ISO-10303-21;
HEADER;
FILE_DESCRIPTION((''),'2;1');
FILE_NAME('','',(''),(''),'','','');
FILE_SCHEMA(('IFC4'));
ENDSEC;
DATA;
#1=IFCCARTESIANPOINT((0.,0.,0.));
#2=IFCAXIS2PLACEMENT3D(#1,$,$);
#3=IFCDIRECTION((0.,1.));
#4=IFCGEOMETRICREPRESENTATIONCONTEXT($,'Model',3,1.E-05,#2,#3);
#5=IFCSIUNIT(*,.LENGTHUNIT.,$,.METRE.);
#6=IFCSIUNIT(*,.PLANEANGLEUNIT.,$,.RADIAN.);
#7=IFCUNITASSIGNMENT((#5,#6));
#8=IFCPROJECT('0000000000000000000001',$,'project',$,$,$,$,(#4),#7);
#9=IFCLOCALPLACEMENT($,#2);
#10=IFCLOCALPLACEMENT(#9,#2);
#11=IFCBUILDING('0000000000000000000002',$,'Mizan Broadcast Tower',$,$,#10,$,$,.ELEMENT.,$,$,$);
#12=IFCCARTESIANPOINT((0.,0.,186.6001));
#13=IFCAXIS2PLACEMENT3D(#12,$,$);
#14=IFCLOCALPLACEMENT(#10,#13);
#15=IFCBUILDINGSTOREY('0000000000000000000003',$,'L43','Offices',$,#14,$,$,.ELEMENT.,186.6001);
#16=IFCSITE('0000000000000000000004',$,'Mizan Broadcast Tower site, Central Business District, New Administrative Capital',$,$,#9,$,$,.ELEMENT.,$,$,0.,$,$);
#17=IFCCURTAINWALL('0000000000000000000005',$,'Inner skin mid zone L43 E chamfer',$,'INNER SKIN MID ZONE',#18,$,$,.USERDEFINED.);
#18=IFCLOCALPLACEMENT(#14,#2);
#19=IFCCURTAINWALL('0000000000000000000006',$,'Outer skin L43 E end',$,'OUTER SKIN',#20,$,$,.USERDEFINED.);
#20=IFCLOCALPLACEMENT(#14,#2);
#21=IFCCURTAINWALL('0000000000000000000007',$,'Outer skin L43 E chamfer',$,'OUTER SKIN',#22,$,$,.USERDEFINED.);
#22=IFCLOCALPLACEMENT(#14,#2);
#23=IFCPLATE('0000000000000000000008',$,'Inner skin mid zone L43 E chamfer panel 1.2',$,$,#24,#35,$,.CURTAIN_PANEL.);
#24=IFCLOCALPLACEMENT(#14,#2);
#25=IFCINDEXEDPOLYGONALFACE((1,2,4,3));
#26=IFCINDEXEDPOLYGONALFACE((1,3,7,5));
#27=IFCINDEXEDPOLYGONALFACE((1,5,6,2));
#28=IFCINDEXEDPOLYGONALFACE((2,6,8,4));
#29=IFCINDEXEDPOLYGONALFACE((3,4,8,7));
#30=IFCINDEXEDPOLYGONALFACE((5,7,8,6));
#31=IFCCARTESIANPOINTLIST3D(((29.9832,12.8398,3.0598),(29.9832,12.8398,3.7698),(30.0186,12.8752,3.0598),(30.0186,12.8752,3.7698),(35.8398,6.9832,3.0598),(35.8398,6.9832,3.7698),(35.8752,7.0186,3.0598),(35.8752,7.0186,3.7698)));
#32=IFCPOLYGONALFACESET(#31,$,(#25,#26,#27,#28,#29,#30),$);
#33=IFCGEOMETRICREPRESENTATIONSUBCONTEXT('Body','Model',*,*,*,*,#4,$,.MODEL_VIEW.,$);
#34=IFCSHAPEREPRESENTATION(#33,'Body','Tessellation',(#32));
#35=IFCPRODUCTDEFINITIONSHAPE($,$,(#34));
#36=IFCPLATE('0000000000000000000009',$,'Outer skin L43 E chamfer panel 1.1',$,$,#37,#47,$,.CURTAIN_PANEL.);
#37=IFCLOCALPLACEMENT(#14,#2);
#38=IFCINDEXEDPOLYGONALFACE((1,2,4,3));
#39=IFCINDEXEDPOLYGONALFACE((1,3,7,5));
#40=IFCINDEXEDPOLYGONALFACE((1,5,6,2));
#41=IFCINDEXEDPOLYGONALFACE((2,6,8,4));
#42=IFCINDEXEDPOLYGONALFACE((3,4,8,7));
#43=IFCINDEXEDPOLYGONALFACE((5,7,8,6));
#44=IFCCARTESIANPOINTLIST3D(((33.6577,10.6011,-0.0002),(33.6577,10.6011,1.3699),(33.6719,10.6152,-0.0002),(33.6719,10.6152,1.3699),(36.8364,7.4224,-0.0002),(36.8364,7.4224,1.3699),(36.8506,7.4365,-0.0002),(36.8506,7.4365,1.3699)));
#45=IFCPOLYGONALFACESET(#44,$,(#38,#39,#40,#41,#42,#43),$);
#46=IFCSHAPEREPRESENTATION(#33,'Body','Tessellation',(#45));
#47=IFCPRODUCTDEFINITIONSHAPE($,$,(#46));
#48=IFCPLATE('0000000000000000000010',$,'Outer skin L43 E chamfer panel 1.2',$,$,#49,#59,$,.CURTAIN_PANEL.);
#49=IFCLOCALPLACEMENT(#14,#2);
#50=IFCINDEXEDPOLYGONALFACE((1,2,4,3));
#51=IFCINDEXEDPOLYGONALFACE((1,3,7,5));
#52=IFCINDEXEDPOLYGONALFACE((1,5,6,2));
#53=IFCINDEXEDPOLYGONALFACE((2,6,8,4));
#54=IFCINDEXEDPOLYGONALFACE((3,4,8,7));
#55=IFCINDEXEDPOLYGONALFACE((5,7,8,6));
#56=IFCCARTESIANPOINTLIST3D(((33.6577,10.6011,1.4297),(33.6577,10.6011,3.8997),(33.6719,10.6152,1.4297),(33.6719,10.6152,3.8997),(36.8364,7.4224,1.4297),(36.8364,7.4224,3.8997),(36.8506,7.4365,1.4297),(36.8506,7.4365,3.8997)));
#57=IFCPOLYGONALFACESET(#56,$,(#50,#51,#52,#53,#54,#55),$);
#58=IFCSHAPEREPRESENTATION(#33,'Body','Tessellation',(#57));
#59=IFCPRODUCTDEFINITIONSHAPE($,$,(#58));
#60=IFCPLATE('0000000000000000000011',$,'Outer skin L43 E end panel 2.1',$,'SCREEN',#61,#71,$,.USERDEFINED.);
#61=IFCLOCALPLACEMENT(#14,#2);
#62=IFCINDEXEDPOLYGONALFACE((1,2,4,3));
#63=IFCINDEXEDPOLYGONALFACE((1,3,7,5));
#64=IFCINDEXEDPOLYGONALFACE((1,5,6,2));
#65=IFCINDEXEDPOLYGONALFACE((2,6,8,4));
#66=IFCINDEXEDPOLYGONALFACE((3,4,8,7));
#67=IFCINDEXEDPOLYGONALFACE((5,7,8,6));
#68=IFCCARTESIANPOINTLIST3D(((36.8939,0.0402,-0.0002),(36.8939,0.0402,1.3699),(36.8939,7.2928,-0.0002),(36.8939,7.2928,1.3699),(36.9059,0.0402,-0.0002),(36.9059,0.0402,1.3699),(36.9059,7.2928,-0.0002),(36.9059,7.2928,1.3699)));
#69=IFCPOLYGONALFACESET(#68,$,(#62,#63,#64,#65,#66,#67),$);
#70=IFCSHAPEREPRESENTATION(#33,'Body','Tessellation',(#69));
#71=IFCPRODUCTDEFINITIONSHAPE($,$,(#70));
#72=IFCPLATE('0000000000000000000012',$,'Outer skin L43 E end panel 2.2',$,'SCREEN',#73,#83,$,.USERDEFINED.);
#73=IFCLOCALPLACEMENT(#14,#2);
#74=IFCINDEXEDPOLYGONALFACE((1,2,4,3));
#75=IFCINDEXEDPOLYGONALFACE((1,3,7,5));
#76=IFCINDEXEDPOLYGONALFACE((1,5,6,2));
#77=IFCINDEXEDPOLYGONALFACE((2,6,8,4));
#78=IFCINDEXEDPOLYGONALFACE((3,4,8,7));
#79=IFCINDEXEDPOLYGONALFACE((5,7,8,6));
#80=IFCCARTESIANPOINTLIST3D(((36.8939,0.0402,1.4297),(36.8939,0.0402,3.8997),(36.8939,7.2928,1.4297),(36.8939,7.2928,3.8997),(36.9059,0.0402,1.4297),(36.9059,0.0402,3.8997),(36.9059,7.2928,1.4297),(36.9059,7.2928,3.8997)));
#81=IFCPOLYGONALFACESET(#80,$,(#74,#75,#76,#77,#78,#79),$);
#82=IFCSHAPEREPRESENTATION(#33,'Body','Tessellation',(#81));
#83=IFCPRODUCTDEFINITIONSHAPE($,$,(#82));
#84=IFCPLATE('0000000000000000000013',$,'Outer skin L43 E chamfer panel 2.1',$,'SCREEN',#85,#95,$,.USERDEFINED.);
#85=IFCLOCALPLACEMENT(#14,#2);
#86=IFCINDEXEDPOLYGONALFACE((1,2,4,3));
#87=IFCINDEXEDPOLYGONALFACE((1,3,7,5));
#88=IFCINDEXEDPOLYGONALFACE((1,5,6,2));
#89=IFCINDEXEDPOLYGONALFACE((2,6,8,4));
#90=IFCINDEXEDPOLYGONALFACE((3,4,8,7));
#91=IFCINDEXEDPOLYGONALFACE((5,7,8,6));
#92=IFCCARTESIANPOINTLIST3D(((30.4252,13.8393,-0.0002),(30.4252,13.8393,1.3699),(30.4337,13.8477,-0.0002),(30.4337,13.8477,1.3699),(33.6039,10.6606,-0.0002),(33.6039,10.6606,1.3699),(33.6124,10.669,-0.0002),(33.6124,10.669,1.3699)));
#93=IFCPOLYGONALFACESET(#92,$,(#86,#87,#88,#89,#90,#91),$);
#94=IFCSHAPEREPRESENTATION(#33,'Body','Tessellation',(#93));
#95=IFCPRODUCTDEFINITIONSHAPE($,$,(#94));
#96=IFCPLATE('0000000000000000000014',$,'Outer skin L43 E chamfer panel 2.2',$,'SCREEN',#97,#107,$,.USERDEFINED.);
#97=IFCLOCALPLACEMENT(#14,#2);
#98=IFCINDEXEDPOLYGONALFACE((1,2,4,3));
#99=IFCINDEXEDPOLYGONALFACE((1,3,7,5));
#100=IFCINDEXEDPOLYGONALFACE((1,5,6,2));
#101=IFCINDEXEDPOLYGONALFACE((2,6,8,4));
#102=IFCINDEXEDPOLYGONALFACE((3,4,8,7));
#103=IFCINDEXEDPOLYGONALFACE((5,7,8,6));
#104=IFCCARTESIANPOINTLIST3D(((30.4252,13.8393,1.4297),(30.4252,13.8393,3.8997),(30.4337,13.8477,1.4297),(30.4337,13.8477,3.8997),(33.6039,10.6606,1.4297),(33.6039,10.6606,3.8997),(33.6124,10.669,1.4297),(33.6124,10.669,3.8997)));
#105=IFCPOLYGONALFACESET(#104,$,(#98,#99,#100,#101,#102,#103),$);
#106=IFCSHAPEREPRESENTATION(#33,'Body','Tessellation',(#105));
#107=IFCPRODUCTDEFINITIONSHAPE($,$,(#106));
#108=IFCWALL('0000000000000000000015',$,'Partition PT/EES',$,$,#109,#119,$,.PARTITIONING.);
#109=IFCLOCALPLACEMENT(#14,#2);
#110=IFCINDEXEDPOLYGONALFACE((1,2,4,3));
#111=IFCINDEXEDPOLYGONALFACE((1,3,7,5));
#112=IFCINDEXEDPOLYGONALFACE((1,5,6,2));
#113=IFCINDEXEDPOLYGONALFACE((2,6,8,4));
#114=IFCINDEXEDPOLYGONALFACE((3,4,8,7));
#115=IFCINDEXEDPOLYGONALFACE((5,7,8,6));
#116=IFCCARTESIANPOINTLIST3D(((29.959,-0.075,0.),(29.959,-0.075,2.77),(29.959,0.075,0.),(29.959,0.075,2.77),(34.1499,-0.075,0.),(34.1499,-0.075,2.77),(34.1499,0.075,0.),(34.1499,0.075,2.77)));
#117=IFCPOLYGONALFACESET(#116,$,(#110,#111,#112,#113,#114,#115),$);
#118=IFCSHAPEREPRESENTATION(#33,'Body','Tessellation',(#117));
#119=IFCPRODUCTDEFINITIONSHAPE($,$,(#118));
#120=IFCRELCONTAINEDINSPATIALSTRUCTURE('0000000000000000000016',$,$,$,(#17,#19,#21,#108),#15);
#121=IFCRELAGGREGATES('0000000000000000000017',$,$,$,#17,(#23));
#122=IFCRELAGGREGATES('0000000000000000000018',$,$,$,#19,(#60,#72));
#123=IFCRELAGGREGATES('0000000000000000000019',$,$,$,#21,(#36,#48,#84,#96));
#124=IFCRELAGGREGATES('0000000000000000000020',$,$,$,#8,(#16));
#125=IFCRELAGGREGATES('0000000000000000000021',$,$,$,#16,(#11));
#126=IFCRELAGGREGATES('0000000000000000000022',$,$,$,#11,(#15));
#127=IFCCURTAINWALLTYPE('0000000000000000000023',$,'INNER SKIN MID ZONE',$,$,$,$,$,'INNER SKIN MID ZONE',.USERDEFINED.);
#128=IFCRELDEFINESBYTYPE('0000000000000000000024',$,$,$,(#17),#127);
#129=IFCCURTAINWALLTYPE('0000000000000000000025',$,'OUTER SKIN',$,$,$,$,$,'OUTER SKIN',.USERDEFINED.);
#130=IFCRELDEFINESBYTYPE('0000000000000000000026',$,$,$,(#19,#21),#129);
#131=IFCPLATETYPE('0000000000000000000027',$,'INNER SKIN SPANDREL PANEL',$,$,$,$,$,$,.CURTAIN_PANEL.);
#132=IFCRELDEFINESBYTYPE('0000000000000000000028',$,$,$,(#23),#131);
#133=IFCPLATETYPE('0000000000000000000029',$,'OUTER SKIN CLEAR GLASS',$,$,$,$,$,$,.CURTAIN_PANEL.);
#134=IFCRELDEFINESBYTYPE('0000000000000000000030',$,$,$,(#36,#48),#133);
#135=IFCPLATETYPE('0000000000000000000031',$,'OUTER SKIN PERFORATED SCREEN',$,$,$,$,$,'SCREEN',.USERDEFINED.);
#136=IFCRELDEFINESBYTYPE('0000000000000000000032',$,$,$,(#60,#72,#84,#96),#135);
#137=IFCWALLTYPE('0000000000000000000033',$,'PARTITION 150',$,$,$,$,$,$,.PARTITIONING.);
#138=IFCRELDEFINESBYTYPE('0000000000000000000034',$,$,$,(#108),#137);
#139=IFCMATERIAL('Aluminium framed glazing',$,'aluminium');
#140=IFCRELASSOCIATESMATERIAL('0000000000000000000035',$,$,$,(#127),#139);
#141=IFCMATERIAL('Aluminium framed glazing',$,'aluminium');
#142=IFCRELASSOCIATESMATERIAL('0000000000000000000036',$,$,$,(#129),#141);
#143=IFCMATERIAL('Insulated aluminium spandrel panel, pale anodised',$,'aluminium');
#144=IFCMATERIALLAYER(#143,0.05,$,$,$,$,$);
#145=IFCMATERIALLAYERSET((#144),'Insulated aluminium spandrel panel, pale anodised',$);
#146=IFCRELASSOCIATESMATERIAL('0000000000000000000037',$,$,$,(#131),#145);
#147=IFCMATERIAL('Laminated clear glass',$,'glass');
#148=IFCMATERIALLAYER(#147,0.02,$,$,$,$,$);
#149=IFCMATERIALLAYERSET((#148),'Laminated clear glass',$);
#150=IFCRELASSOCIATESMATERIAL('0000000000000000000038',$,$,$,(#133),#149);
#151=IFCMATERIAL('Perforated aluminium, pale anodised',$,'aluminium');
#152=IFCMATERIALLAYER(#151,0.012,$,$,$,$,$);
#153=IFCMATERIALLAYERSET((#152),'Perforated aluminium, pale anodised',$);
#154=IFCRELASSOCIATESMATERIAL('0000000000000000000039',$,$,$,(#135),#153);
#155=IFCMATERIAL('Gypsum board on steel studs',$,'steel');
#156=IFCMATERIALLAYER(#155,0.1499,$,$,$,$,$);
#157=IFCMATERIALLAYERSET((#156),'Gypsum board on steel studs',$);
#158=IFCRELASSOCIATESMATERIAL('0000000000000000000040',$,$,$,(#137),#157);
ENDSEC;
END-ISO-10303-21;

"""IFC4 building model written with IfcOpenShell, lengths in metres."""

from ifc_helpers import new_model, si_unit, direction, frame, frame_2d, origin, origin_2d, place, context, subcontext, project, spatial, rectangle, extrude, material, layer, layer_set, type_object, element, aggregate, save


model = new_model("IFC4")

# Units and contexts
model_context = context("Model", 3, precision=1e-05, world=origin(), true_north=direction((0.0, 1.0)))
body_context = subcontext(model_context, "Body", "Model", "MODEL_VIEW")
ifc_project = project(units=[si_unit("LENGTHUNIT", "METRE"), si_unit("PLANEANGLEUNIT", "RADIAN")], contexts=[model_context])

# Site, building, storey
site_placement = place(None, origin())
site = spatial("IfcSite", under=ifc_project, at=site_placement, Name="Mizan Broadcast Tower site, Central Business District, New Administrative Capital", CompositionType="ELEMENT", RefElevation=0.0)
building_placement = place(site_placement, origin())
building = spatial("IfcBuilding", under=site, at=building_placement, Name="Mizan Broadcast Tower", CompositionType="ELEMENT")
storey_placement = place(building_placement, frame((0.0, 0.0, 186.6001)))
storey = spatial("IfcBuildingStorey", under=building, at=storey_placement, Name="L43", Description="Offices", CompositionType="ELEMENT", Elevation=186.6001)

# Shared definitions
ifc_material_1 = material(Name="Aluminium framed glazing", Category="aluminium")
curtain_wall_type_1 = type_object("IfcCurtainWallType", Name="INNER SKIN MID ZONE", ElementType="INNER SKIN MID ZONE", PredefinedType="USERDEFINED", material=ifc_material_1)

# Curtain wall
curtain_wall_1_placement = place(storey_placement, origin())
curtain_wall_1 = element("IfcCurtainWall", 1, at=curtain_wall_1_placement, inside=storey, type_object=curtain_wall_type_1, Name="Inner skin mid zone L43 E chamfer", ObjectType="INNER SKIN MID ZONE", PredefinedType="USERDEFINED")

# Curtain walls
ifc_material_2 = material(Name="Aluminium framed glazing", Category="aluminium")
curtain_wall_type_2 = type_object("IfcCurtainWallType", Name="OUTER SKIN", ElementType="OUTER SKIN", PredefinedType="USERDEFINED", material=ifc_material_2)
curtain_wall_2_placement = place(storey_placement, origin())
curtain_wall_2 = element("IfcCurtainWall", 2, at=curtain_wall_2_placement, inside=storey, type_object=curtain_wall_type_2, Name="Outer skin L43 E end", ObjectType="OUTER SKIN", PredefinedType="USERDEFINED")
curtain_wall_3_placement = place(storey_placement, origin())
curtain_wall_3 = element("IfcCurtainWall", 3, at=curtain_wall_3_placement, inside=storey, type_object=curtain_wall_type_2, Name="Outer skin L43 E chamfer", ObjectType="OUTER SKIN", PredefinedType="USERDEFINED")

# Plates
ifc_material_3 = material(Name="Insulated aluminium spandrel panel, pale anodised", Category="aluminium")
ifc_layer_1 = layer(ifc_material_3, 0.05)
ifc_layer_set_1 = layer_set([ifc_layer_1], Name="Insulated aluminium spandrel panel, pale anodised")
plate_type_1 = type_object("IfcPlateType", Name="INNER SKIN SPANDREL PANEL", PredefinedType="CURTAIN_PANEL", material=ifc_layer_set_1)
plate_1_placement = place(storey_placement, frame((32.9292, 9.9292, 3.0598), z_axis=(0.0, 0.0, 1.0), x_axis=(-0.707107, 0.707107, 0.0)))
plate_1 = element("IfcPlate", 4, at=plate_1_placement, type_object=plate_type_1, Name="Inner skin mid zone L43 E chamfer panel 1.2", PredefinedType="CURTAIN_PANEL", context=body_context, shape_type="SweptSolid", body=[
    extrude(rectangle(XDim=8.2825, YDim=0.05, at=origin_2d()), origin(), (0.0, 0.0, 1.0), 0.71),
])
aggregate(curtain_wall_1, [plate_1])
ifc_material_4 = material(Name="Laminated clear glass", Category="glass")
ifc_layer_2 = layer(ifc_material_4, 0.02)
ifc_layer_set_2 = layer_set([ifc_layer_2], Name="Laminated clear glass")
plate_type_2 = type_object("IfcPlateType", Name="OUTER SKIN CLEAR GLASS", PredefinedType="CURTAIN_PANEL", material=ifc_layer_set_2)
plate_2_placement = place(storey_placement, frame((35.2542, 9.0188, -0.0002), z_axis=(0.0, 0.0, 1.0), x_axis=(-0.707107, 0.707107, 0.0)))
plate_2 = element("IfcPlate", 5, at=plate_2_placement, type_object=plate_type_2, Name="Outer skin L43 E chamfer panel 1.1", PredefinedType="CURTAIN_PANEL", context=body_context, shape_type="SweptSolid", body=[
    extrude(rectangle(XDim=4.4954, YDim=0.02, at=origin_2d()), origin(), (0.0, 0.0, 1.0), 1.3701),
])
plate_3_placement = place(storey_placement, frame((35.2542, 9.0188, 1.4297), z_axis=(0.0, 0.0, 1.0), x_axis=(-0.707107, 0.707107, 0.0)))
plate_3 = element("IfcPlate", 6, at=plate_3_placement, type_object=plate_type_2, Name="Outer skin L43 E chamfer panel 1.2", PredefinedType="CURTAIN_PANEL", context=body_context, shape_type="SweptSolid", body=[
    extrude(rectangle(XDim=4.4954, YDim=0.02, at=origin_2d()), origin(), (0.0, 0.0, 1.0), 2.47),
])
ifc_material_5 = material(Name="Perforated aluminium, pale anodised", Category="aluminium")
ifc_layer_3 = layer(ifc_material_5, 0.012)
ifc_layer_set_3 = layer_set([ifc_layer_3], Name="Perforated aluminium, pale anodised")
plate_type_3 = type_object("IfcPlateType", Name="OUTER SKIN PERFORATED SCREEN", ElementType="SCREEN", PredefinedType="USERDEFINED", material=ifc_layer_set_3)
plate_4_placement = place(storey_placement, frame((36.8999, 3.6665, -0.0002), z_axis=(0.0, 0.0, 1.0), x_axis=(0.0, 1.0, 0.0)))
plate_4 = element("IfcPlate", 7, at=plate_4_placement, type_object=plate_type_3, Name="Outer skin L43 E end panel 2.1", ObjectType="SCREEN", PredefinedType="USERDEFINED", context=body_context, shape_type="SweptSolid", body=[
    extrude(rectangle(XDim=7.2527, YDim=0.012, at=origin_2d()), origin(), (0.0, 0.0, 1.0), 1.3701),
])
plate_5_placement = place(storey_placement, frame((36.8999, 3.6665, 1.4297), z_axis=(0.0, 0.0, 1.0), x_axis=(0.0, 1.0, 0.0)))
plate_5 = element("IfcPlate", 8, at=plate_5_placement, type_object=plate_type_3, Name="Outer skin L43 E end panel 2.2", ObjectType="SCREEN", PredefinedType="USERDEFINED", context=body_context, shape_type="SweptSolid", body=[
    extrude(rectangle(XDim=7.2527, YDim=0.012, at=origin_2d()), origin(), (0.0, 0.0, 1.0), 2.47),
])
aggregate(curtain_wall_2, [plate_4, plate_5])
plate_6_placement = place(storey_placement, frame((32.0188, 12.2542, -0.0002), z_axis=(0.0, 0.0, 1.0), x_axis=(-0.707107, 0.707107, 0.0)))
plate_6 = element("IfcPlate", 9, at=plate_6_placement, type_object=plate_type_3, Name="Outer skin L43 E chamfer panel 2.1", ObjectType="SCREEN", PredefinedType="USERDEFINED", context=body_context, shape_type="SweptSolid", body=[
    extrude(rectangle(XDim=4.4954, YDim=0.012, at=origin_2d()), origin(), (0.0, 0.0, 1.0), 1.3701),
])
plate_7_placement = place(storey_placement, frame((32.0188, 12.2542, 1.4297), z_axis=(0.0, 0.0, 1.0), x_axis=(-0.707107, 0.707107, 0.0)))
plate_7 = element("IfcPlate", 10, at=plate_7_placement, type_object=plate_type_3, Name="Outer skin L43 E chamfer panel 2.2", ObjectType="SCREEN", PredefinedType="USERDEFINED", context=body_context, shape_type="SweptSolid", body=[
    extrude(rectangle(XDim=4.4954, YDim=0.012, at=origin_2d()), origin(), (0.0, 0.0, 1.0), 2.47),
])
aggregate(curtain_wall_3, [plate_2, plate_3, plate_6, plate_7])

# Wall
ifc_material_6 = material(Name="Gypsum board on steel studs", Category="steel")
ifc_layer_4 = layer(ifc_material_6, 0.1499)
ifc_layer_set_4 = layer_set([ifc_layer_4], Name="Gypsum board on steel studs")
wall_type = type_object("IfcWallType", Name="PARTITION 150", PredefinedType="PARTITIONING", material=ifc_layer_set_4)
wall_placement = place(storey_placement, frame((29.959, 0.0, 0.0), z_axis=(0.0, 0.0, 1.0), x_axis=(1.0, 0.0, 0.0)))
element("IfcWall", 11, at=wall_placement, inside=storey, type_object=wall_type, Name="Partition PT/EES", PredefinedType="PARTITIONING", context=body_context, shape_type="SweptSolid", body=[
    extrude(rectangle(XDim=4.1909, YDim=0.1499, at=frame_2d((2.0955, 0.0))), origin(), (0.0, 0.0, 1.0), 2.77),
])

save(model, "model.ifc")
